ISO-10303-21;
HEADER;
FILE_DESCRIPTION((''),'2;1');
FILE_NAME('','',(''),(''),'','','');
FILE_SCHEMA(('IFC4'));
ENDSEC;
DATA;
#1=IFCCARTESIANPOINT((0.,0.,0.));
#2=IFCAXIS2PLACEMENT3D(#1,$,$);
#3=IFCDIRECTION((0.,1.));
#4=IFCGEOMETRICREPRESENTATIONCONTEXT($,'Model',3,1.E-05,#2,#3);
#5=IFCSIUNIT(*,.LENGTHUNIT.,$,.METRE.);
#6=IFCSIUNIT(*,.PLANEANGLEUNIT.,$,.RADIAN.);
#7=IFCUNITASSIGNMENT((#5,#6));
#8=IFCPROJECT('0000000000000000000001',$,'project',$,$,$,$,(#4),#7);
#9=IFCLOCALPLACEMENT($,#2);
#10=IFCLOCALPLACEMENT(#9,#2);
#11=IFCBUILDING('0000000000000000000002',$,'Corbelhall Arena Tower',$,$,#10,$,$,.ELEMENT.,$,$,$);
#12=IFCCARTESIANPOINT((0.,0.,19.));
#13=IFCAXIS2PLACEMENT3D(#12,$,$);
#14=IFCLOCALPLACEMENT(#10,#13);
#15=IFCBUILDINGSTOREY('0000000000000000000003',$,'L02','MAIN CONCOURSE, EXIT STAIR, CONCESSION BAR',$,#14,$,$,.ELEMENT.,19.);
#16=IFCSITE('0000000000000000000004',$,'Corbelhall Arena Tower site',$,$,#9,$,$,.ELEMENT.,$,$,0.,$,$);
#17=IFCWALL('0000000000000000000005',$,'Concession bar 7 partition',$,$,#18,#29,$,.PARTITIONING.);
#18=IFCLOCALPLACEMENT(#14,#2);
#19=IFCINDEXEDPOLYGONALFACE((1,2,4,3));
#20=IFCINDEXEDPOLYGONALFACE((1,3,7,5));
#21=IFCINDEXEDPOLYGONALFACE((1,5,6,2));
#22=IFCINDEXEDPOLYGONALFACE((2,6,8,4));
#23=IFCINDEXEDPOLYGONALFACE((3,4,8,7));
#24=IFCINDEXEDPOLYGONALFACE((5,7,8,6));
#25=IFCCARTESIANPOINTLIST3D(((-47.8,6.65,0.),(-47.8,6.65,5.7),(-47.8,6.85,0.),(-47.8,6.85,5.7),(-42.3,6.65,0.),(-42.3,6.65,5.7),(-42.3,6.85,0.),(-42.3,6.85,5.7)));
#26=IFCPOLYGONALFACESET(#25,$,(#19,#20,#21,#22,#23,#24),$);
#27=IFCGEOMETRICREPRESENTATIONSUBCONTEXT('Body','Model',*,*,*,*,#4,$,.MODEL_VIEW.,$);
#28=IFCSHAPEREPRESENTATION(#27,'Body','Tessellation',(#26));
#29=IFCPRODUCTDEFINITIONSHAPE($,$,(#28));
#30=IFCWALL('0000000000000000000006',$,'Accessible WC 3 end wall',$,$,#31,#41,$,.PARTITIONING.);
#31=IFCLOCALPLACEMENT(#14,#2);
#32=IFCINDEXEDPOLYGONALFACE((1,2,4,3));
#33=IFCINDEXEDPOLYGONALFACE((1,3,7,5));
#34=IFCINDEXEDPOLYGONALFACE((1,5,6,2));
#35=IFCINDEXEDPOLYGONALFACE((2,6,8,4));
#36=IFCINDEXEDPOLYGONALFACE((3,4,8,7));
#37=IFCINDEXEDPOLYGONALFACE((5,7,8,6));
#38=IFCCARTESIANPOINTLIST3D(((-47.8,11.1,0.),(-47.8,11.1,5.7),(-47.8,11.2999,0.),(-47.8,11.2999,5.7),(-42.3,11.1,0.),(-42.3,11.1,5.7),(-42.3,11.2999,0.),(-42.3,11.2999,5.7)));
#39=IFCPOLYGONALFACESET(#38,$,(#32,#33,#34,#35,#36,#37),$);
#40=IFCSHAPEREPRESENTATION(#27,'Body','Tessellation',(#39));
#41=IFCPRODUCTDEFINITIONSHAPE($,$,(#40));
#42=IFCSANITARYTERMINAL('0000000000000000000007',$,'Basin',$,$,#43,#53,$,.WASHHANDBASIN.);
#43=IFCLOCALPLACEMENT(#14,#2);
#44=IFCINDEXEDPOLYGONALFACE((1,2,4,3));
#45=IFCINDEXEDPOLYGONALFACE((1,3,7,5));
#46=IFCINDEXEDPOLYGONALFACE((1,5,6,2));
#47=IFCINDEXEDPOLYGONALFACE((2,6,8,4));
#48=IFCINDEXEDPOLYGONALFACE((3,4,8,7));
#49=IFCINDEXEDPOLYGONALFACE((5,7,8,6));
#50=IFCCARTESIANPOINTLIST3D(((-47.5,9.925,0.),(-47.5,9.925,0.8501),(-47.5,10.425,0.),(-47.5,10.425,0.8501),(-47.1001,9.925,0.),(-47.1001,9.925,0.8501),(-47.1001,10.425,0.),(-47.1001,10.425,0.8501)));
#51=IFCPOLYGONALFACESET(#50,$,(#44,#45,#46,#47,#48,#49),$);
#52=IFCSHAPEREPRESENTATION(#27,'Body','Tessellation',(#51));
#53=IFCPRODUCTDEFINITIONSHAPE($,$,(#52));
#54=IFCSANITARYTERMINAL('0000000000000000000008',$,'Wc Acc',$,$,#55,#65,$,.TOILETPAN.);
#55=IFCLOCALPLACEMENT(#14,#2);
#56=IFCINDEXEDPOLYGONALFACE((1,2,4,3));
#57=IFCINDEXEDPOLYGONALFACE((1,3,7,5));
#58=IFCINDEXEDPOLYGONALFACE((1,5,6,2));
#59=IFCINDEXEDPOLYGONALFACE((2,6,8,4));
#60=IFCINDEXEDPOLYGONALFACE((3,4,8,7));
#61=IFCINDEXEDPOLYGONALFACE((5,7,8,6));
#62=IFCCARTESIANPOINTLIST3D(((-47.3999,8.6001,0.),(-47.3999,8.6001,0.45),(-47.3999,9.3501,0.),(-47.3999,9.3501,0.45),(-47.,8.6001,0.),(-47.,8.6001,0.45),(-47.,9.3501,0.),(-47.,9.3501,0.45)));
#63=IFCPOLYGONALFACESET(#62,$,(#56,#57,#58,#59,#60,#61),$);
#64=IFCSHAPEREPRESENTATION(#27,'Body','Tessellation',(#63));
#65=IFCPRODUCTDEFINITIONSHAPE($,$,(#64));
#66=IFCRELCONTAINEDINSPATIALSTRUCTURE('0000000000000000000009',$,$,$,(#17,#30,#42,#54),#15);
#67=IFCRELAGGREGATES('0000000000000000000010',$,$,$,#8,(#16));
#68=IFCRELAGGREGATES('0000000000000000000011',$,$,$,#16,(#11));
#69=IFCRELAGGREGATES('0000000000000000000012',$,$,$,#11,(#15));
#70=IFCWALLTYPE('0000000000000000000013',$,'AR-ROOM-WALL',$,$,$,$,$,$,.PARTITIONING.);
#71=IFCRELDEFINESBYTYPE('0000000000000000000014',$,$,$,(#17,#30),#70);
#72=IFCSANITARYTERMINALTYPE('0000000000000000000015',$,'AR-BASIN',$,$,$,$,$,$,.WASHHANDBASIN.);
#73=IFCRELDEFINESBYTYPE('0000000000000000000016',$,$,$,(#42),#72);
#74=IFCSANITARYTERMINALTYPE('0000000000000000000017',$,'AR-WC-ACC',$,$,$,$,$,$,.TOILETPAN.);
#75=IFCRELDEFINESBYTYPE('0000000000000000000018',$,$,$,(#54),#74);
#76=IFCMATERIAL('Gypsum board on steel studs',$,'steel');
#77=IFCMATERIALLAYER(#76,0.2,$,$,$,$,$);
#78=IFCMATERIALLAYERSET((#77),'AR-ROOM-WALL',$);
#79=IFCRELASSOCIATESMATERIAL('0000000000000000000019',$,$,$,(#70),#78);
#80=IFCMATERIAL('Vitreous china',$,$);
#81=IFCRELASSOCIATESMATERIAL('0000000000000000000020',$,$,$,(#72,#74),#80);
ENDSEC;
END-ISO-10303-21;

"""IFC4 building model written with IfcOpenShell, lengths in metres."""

from ifc_helpers import new_model, si_unit, direction, frame, frame_2d, origin, origin_2d, place, context, subcontext, project, spatial, rectangle, extrude, material, layer, layer_set, type_object, element, save


model = new_model("IFC4")

# Units and contexts
model_context = context("Model", 3, precision=1e-05, world=origin(), true_north=direction((0.0, 1.0)))
body_context = subcontext(model_context, "Body", "Model", "MODEL_VIEW")
ifc_project = project(units=[si_unit("LENGTHUNIT", "METRE"), si_unit("PLANEANGLEUNIT", "RADIAN")], contexts=[model_context])

# Site, building, storey
site_placement = place(None, origin())
site = spatial("IfcSite", under=ifc_project, at=site_placement, Name="Corbelhall Arena Tower site", CompositionType="ELEMENT", RefElevation=0.0)
building_placement = place(site_placement, origin())
building = spatial("IfcBuilding", under=site, at=building_placement, Name="Corbelhall Arena Tower", CompositionType="ELEMENT")
storey_placement = place(building_placement, frame((0.0, 0.0, 19.0)))
storey = spatial("IfcBuildingStorey", under=building, at=storey_placement, Name="L02", Description="MAIN CONCOURSE, EXIT STAIR, CONCESSION BAR", CompositionType="ELEMENT", Elevation=19.0)

# Walls
ifc_material_1 = material(Name="Gypsum board on steel studs", Category="steel")
ifc_layer_1 = layer(ifc_material_1, 0.2)
ifc_layer_set_1 = layer_set([ifc_layer_1], Name="AR-ROOM-WALL")
wall_type_1 = type_object("IfcWallType", Name="AR-ROOM-WALL", PredefinedType="PARTITIONING", material=ifc_layer_set_1)
for number, where, z_axis, x_axis, name in (
    (1, (-47.8, 6.75, 0.0), (0.0, 0.0, 1.0), (1.0, 0.0, 0.0), "Concession bar 7 partition"),
    (2, (-42.3, 11.2, 0.0), (0.0, 0.0, 1.0), (-1.0, 0.0, 0.0), "Accessible WC 3 end wall"),
):
    element("IfcWall", number, at=place(storey_placement, frame(where, z_axis=z_axis, x_axis=x_axis)), inside=storey, type_object=wall_type_1, Name=name, PredefinedType="PARTITIONING", context=body_context, shape_type="SweptSolid", body=[
        extrude(rectangle(XDim=5.5, YDim=0.2, at=frame_2d((2.75, 0.0))), origin(), (0.0, 0.0, 1.0), 5.7),
    ])

# Sanitary terminals
ifc_material_2 = material(Name="Vitreous china")
sanitary_terminal_type_1 = type_object("IfcSanitaryTerminalType", Name="AR-BASIN", PredefinedType="WASHHANDBASIN", material=ifc_material_2)
sanitary_terminal_1_placement = place(storey_placement, frame((-47.3, 10.175, 0.0), z_axis=(0.0, 0.0, 1.0), x_axis=(1.0, 0.0, 0.0)))
element("IfcSanitaryTerminal", 3, at=sanitary_terminal_1_placement, inside=storey, type_object=sanitary_terminal_type_1, Name="Basin", PredefinedType="WASHHANDBASIN", context=body_context, shape_type="SweptSolid", body=[
    extrude(rectangle(XDim=0.3999, YDim=0.5, at=origin_2d()), origin(), (0.0, 0.0, 1.0), 0.8501),
])
sanitary_terminal_type_2 = type_object("IfcSanitaryTerminalType", Name="AR-WC-ACC", PredefinedType="TOILETPAN", material=ifc_material_2)
sanitary_terminal_2_placement = place(storey_placement, frame((-47.2, 8.9751, 0.0), z_axis=(0.0, 0.0, 1.0), x_axis=(1.0, 0.0, 0.0)))
element("IfcSanitaryTerminal", 4, at=sanitary_terminal_2_placement, inside=storey, type_object=sanitary_terminal_type_2, Name="Wc Acc", PredefinedType="TOILETPAN", context=body_context, shape_type="SweptSolid", body=[
    extrude(rectangle(XDim=0.3999, YDim=0.75, at=origin_2d()), origin(), (0.0, 0.0, 1.0), 0.45),
])

save(model, "model.ifc")
